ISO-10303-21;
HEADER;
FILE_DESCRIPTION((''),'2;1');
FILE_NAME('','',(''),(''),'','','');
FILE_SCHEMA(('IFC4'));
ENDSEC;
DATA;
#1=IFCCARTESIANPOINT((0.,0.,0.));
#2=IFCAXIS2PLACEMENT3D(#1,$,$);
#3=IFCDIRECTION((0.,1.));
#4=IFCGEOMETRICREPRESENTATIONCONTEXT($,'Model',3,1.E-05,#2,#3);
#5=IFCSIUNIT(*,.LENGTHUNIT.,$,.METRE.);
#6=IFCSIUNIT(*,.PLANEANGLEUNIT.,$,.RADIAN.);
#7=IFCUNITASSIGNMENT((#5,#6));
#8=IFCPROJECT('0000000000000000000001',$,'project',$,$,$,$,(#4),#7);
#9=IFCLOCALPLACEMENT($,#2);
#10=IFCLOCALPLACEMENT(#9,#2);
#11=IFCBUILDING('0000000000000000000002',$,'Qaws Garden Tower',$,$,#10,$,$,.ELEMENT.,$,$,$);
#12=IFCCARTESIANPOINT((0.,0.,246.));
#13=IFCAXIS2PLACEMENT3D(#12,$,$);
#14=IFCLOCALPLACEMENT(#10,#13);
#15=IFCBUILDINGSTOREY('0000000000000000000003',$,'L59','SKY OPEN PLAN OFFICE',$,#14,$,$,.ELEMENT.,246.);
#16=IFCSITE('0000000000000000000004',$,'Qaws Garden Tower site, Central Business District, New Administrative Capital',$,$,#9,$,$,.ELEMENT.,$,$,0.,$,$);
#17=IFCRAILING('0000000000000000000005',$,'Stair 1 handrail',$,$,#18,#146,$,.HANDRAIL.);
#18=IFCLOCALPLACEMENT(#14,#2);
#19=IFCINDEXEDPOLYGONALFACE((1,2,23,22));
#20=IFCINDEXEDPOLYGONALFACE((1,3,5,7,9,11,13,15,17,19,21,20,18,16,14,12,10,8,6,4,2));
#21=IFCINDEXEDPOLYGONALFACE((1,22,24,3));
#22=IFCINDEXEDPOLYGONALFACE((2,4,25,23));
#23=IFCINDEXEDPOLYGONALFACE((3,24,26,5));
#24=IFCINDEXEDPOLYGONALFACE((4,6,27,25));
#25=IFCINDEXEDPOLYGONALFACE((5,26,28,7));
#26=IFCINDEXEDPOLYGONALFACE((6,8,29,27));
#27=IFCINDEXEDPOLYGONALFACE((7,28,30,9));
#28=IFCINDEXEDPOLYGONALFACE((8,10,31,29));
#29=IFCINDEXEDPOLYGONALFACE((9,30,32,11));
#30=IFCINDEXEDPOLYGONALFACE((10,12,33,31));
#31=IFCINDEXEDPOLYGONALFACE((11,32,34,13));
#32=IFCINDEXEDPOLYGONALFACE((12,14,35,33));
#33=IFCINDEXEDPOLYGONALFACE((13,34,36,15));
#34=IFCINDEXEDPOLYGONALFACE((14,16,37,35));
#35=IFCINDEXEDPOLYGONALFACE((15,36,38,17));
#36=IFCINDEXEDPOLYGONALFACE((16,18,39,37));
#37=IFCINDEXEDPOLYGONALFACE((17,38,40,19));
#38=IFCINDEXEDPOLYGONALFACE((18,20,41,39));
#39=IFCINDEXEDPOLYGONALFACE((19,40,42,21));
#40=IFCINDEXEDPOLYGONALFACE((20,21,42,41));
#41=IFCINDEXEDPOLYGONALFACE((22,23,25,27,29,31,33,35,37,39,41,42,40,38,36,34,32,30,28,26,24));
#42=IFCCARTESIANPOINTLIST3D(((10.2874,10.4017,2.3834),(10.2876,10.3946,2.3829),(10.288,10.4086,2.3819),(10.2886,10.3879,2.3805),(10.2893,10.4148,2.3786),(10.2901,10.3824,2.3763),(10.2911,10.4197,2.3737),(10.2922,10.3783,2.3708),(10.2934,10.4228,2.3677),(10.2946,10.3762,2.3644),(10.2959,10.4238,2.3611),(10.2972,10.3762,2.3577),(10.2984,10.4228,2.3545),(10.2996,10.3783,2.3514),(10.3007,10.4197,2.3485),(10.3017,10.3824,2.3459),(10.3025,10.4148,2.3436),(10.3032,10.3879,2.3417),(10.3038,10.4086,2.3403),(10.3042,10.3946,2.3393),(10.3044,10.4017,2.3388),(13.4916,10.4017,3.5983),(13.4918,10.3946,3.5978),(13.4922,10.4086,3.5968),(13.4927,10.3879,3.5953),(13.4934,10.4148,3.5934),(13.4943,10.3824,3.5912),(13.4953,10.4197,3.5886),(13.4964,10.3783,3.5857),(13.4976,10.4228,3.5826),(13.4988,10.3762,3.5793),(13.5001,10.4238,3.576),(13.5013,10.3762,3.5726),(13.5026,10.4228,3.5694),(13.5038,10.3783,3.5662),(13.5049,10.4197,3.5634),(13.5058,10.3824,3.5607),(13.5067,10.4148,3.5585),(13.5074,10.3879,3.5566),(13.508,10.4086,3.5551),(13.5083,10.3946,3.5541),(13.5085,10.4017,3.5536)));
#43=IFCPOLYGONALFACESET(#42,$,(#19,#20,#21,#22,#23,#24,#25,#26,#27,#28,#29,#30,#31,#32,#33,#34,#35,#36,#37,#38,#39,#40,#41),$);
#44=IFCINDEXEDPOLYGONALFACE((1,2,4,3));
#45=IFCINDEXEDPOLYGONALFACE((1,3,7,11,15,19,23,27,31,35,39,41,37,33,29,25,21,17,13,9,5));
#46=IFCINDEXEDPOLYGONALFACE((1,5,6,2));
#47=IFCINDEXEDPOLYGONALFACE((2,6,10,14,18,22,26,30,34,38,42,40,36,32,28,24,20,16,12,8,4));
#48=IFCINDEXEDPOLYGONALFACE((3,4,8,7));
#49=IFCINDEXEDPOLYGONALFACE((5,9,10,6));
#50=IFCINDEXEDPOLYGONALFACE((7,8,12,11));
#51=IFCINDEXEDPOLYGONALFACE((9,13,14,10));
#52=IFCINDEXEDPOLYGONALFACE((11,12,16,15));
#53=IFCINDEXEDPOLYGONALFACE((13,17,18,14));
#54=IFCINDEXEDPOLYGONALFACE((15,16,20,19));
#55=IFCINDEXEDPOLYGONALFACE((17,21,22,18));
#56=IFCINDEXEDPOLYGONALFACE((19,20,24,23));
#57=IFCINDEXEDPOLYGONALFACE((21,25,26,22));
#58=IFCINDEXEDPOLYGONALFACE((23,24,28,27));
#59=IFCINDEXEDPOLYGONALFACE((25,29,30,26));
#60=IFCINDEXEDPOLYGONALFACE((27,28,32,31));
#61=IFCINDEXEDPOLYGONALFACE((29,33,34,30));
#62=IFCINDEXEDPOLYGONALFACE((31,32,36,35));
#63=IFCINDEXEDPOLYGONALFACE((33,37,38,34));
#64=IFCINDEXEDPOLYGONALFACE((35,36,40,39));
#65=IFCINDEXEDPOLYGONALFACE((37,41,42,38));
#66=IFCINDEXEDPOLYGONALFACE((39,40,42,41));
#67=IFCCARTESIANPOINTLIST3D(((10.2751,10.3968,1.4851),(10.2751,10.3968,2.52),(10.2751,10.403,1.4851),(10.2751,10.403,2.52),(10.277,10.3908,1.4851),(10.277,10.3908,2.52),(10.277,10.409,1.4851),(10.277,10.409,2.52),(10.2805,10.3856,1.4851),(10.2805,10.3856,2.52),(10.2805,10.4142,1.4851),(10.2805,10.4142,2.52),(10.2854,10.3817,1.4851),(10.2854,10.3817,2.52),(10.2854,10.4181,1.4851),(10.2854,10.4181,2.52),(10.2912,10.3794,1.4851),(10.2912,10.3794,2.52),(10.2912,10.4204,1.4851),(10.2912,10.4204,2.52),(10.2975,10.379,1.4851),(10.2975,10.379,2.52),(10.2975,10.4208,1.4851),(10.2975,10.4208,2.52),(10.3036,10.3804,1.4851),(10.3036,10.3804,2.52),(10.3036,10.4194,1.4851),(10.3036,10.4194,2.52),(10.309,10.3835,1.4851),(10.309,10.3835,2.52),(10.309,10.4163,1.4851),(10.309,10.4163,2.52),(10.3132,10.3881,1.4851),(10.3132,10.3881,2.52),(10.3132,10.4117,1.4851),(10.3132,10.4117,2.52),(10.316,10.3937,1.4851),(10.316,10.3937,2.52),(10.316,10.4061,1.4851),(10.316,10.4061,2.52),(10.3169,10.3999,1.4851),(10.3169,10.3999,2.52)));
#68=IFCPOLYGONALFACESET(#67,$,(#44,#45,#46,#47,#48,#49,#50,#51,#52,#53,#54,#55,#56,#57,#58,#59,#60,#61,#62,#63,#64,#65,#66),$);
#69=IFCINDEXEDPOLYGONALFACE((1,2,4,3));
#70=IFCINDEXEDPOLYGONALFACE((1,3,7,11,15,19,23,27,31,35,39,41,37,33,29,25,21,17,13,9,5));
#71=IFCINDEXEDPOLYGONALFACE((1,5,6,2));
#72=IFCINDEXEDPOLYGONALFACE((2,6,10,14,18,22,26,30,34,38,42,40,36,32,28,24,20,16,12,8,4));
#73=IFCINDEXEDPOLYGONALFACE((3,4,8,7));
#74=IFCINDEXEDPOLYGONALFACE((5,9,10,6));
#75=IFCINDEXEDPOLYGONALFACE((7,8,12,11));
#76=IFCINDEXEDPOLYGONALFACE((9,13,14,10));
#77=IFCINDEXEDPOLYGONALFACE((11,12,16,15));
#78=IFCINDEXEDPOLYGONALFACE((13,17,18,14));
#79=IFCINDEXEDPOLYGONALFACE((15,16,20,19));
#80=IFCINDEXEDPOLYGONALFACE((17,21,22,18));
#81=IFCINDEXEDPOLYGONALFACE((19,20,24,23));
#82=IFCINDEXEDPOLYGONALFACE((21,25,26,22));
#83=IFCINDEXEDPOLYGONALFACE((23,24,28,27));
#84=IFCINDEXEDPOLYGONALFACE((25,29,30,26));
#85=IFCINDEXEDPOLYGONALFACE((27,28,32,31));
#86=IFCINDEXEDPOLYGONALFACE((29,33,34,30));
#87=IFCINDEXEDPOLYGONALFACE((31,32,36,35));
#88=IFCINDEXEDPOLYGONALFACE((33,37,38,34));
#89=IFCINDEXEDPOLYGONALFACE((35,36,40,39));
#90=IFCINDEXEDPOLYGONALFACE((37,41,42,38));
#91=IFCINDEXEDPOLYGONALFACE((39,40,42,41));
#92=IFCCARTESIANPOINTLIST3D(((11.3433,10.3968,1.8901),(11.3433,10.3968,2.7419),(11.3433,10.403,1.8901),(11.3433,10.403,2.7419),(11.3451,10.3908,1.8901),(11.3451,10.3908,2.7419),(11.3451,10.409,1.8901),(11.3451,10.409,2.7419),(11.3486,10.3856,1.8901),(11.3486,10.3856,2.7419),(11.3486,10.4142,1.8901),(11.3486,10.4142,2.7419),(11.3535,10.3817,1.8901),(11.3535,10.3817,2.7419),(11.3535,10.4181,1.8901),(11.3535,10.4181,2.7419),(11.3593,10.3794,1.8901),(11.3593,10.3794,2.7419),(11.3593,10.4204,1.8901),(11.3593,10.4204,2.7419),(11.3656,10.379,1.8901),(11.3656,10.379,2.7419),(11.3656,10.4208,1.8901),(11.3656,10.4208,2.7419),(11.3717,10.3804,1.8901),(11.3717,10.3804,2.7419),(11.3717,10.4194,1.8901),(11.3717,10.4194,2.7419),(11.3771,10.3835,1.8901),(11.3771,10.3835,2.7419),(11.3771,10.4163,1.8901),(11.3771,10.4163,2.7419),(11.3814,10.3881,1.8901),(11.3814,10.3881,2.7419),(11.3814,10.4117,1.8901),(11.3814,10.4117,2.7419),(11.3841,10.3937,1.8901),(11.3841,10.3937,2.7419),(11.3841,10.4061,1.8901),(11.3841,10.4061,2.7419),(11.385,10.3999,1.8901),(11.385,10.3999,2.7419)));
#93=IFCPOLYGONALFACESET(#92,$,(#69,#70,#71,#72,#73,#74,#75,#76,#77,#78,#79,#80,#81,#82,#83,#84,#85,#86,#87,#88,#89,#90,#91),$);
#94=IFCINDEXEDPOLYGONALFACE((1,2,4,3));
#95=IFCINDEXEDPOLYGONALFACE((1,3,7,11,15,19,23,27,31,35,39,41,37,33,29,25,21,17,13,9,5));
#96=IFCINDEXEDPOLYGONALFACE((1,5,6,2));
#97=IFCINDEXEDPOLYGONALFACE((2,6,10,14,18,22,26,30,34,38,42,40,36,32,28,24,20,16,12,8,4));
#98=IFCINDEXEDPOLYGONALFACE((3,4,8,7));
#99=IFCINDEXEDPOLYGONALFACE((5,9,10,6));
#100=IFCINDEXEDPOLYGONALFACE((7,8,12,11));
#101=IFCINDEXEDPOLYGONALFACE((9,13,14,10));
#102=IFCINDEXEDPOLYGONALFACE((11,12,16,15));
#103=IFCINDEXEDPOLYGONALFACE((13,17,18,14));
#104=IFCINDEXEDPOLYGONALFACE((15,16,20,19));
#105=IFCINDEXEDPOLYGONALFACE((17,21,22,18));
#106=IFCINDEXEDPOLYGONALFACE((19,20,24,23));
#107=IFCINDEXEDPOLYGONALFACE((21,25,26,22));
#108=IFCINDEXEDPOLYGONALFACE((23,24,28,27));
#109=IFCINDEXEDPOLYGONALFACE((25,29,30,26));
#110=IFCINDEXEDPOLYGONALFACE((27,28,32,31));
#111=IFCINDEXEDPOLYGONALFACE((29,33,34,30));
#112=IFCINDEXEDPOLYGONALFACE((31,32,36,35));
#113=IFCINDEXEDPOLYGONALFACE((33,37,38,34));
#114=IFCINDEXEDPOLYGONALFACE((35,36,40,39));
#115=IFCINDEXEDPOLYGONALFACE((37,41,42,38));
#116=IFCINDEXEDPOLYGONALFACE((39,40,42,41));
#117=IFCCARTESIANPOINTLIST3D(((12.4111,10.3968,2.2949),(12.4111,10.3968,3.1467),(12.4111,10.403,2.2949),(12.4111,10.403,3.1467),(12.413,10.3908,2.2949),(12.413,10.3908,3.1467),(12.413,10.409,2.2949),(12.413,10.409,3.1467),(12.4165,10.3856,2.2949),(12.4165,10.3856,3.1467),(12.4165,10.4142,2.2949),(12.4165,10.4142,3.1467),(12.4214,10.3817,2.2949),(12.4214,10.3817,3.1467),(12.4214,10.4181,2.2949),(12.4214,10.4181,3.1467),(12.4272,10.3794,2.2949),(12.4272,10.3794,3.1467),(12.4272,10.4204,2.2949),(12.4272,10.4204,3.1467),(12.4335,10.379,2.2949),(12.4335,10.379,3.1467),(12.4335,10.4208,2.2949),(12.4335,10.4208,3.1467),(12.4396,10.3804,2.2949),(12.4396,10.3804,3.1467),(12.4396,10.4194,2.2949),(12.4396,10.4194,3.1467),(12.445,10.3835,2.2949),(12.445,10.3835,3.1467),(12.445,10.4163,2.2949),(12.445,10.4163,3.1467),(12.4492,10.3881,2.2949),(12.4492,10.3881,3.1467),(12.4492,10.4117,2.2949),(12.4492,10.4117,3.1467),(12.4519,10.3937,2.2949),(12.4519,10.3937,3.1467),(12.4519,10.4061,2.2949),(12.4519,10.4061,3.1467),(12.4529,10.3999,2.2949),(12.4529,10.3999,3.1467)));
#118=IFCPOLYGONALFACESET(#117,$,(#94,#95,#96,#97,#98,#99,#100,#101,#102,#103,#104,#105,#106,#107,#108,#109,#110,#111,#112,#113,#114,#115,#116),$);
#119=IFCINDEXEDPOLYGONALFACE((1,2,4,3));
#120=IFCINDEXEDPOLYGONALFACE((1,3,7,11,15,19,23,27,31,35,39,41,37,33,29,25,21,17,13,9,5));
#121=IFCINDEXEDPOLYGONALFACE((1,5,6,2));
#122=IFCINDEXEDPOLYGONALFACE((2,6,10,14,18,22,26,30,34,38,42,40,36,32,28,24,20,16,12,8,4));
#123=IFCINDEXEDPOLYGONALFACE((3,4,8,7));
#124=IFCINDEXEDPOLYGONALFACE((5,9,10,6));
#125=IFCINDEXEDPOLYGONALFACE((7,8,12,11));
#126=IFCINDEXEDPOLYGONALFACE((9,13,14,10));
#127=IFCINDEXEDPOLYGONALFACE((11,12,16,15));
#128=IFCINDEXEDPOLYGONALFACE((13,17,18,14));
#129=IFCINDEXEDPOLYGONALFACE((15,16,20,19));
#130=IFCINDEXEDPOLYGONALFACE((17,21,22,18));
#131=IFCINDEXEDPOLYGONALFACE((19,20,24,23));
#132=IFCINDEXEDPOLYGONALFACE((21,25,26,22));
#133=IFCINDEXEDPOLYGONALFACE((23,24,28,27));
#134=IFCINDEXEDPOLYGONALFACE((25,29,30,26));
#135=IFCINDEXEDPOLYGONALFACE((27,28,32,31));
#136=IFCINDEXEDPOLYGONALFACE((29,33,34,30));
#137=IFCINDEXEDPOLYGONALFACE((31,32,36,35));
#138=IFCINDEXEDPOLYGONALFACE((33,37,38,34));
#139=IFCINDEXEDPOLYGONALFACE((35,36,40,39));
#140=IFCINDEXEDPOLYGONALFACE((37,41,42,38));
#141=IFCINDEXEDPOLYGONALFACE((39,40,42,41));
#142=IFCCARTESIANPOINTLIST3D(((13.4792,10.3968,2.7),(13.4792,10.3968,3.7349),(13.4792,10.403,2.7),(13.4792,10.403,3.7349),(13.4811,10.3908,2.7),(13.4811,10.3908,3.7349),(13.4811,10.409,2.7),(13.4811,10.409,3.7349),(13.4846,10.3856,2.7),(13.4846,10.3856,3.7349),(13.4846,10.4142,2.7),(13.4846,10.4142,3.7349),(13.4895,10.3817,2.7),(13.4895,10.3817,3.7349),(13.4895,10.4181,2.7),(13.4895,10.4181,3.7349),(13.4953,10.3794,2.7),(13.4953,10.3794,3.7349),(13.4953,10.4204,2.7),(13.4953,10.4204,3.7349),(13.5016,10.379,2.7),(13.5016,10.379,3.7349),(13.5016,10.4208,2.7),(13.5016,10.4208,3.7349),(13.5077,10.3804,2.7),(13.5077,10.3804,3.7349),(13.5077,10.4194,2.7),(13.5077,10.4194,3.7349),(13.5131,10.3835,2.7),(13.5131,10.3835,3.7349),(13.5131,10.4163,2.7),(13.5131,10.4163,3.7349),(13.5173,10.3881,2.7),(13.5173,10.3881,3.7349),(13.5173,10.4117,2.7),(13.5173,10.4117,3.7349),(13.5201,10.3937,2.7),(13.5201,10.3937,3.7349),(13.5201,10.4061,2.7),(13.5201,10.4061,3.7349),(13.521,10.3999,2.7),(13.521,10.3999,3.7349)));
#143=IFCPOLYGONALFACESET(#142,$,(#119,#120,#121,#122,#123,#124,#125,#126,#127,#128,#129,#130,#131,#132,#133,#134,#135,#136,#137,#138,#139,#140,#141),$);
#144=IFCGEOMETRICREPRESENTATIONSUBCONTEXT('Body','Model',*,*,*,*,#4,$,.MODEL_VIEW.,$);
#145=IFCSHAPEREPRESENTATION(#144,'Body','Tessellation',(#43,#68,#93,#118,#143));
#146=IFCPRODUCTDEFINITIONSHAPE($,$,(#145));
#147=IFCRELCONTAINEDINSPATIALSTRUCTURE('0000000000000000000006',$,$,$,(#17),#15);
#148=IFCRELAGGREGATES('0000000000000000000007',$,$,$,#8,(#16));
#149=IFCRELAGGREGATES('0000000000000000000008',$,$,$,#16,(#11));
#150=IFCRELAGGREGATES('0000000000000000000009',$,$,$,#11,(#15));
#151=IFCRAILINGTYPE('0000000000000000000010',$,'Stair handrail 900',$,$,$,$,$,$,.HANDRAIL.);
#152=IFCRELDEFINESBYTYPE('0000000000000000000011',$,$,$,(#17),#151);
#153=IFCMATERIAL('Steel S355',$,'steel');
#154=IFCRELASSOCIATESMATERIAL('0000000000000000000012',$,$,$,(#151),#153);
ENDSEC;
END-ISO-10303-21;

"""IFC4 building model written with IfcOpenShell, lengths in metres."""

from ifc_helpers import new_model, si_unit, direction, frame, origin, origin_2d, place, context, subcontext, project, spatial, circle, extrude, material, type_object, element, save


model = new_model("IFC4")

# Units and contexts
model_context = context("Model", 3, precision=1e-05, world=origin(), true_north=direction((0.0, 1.0)))
body_context = subcontext(model_context, "Body", "Model", "MODEL_VIEW")
ifc_project = project(units=[si_unit("LENGTHUNIT", "METRE"), si_unit("PLANEANGLEUNIT", "RADIAN")], contexts=[model_context])

# Site, building, storey
site_placement = place(None, origin())
site = spatial("IfcSite", under=ifc_project, at=site_placement, Name="Qaws Garden Tower site, Central Business District, New Administrative Capital", CompositionType="ELEMENT", RefElevation=0.0)
building_placement = place(site_placement, origin())
building = spatial("IfcBuilding", under=site, at=building_placement, Name="Qaws Garden Tower", CompositionType="ELEMENT")
storey_placement = place(building_placement, frame((0.0, 0.0, 246.0)))
storey = spatial("IfcBuildingStorey", under=building, at=storey_placement, Name="L59", Description="SKY OPEN PLAN OFFICE", CompositionType="ELEMENT", Elevation=246.0)

# Railing
ifc_material_1 = material(Name="Steel S355", Category="steel")
railing_type = type_object("IfcRailingType", Name="Stair handrail 900", PredefinedType="HANDRAIL", material=ifc_material_1)
railing_1_placement = place(storey_placement, frame((10.2959, 10.3999, 1.4851)))
element("IfcRailing", 1, at=railing_1_placement, inside=storey, type_object=railing_type, Name="Stair 1 handrail", PredefinedType="HANDRAIL", context=body_context, shape_type="SweptSolid", body=[
    extrude(circle(Radius=0.0239, at=origin_2d()), frame((0.0, 0.0, 0.876), z_axis=(0.935046, 0.0, 0.354525), x_axis=(0.0, 1.0, 0.0)), (0.0, 0.0, 1.0), 3.4268),
    extrude(circle(Radius=0.021, at=origin_2d()), origin(), (0.0, 0.0, 1.0), 1.0349),
    extrude(circle(Radius=0.021, at=origin_2d()), frame((1.0681, 0.0, 0.405)), (0.0, 0.0, 1.0), 0.8518),
    extrude(circle(Radius=0.021, at=origin_2d()), frame((2.136, 0.0, 0.8098)), (0.0, 0.0, 1.0), 0.8518),
    extrude(circle(Radius=0.021, at=origin_2d()), frame((3.2041, 0.0, 1.2148)), (0.0, 0.0, 1.0), 1.0349),
])

save(model, "model.ifc")
